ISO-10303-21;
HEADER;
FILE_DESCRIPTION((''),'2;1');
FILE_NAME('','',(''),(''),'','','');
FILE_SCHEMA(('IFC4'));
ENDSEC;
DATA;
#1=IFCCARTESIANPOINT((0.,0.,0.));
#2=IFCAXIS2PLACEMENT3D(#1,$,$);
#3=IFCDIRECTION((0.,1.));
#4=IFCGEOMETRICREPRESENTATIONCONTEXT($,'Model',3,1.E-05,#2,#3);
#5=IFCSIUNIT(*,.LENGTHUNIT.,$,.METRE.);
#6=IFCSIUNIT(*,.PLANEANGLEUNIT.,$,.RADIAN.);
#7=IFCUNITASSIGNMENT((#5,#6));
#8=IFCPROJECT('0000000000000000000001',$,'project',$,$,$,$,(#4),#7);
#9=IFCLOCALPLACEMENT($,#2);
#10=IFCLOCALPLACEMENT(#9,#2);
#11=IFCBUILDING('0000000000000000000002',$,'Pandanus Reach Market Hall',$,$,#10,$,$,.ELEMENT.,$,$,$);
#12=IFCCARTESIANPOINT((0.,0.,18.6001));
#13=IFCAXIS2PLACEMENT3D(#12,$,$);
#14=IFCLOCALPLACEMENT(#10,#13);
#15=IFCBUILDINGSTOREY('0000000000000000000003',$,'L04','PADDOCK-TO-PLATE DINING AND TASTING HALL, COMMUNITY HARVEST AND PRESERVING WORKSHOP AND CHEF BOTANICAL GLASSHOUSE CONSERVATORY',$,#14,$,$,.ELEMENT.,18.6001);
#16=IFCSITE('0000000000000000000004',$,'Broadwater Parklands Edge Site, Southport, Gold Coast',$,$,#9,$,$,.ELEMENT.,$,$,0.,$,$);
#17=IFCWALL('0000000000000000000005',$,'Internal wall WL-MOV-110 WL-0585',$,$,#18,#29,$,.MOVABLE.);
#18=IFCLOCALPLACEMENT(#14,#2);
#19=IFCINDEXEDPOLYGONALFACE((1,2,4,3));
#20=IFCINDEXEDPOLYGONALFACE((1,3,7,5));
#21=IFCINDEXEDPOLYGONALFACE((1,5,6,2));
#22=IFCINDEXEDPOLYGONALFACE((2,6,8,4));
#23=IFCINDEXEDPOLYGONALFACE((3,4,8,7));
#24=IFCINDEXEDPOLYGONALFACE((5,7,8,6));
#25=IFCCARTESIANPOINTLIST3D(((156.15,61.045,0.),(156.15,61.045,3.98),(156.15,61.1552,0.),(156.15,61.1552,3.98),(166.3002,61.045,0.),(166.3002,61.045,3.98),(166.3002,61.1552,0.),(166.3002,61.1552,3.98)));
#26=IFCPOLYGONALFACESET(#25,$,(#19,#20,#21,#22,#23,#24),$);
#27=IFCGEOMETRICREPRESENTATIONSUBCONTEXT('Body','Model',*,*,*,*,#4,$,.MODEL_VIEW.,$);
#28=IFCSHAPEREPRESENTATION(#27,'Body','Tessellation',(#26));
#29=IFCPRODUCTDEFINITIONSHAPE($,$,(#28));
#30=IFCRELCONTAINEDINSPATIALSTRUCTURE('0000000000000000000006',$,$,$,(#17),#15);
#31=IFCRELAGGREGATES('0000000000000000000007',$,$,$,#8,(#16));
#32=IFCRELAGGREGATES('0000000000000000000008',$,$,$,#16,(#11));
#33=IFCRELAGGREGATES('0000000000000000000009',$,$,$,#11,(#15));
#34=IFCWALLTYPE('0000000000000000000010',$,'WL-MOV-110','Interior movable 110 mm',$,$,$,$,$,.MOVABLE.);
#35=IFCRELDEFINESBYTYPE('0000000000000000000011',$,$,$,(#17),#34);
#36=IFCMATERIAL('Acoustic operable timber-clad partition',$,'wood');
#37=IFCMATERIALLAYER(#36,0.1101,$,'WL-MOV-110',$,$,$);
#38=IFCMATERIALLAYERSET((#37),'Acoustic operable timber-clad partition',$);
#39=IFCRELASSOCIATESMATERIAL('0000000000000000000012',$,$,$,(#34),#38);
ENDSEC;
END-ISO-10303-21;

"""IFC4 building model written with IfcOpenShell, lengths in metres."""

from ifc_helpers import new_model, si_unit, direction, frame, frame_2d, origin, place, context, subcontext, project, spatial, rectangle, extrude, material, layer, layer_set, type_object, element, save


model = new_model("IFC4")

# Units and contexts
model_context = context("Model", 3, precision=1e-05, world=origin(), true_north=direction((0.0, 1.0)))
body_context = subcontext(model_context, "Body", "Model", "MODEL_VIEW")
ifc_project = project(units=[si_unit("LENGTHUNIT", "METRE"), si_unit("PLANEANGLEUNIT", "RADIAN")], contexts=[model_context])

# Site, building, storey
site_placement = place(None, origin())
site = spatial("IfcSite", under=ifc_project, at=site_placement, Name="Broadwater Parklands Edge Site, Southport, Gold Coast", CompositionType="ELEMENT", RefElevation=0.0)
building_placement = place(site_placement, origin())
building = spatial("IfcBuilding", under=site, at=building_placement, Name="Pandanus Reach Market Hall", CompositionType="ELEMENT")
storey_placement = place(building_placement, frame((0.0, 0.0, 18.6001)))
storey = spatial("IfcBuildingStorey", under=building, at=storey_placement, Name="L04", Description="PADDOCK-TO-PLATE DINING AND TASTING HALL, COMMUNITY HARVEST AND PRESERVING WORKSHOP AND CHEF BOTANICAL GLASSHOUSE CONSERVATORY", CompositionType="ELEMENT", Elevation=18.6001)

# Wall
ifc_material_1 = material(Name="Acoustic operable timber-clad partition", Category="wood")
ifc_layer_1 = layer(ifc_material_1, 0.1101, Name="WL-MOV-110")
ifc_layer_set_1 = layer_set([ifc_layer_1], Name="Acoustic operable timber-clad partition")
wall_type_1 = type_object("IfcWallType", Name="WL-MOV-110", Description="Interior movable 110 mm", PredefinedType="MOVABLE", material=ifc_layer_set_1)
for number, where, z_axis, x_axis, name in (
    (1, (156.1499, 61.1001, 0.0), (0.0, 0.0, 1.0), (1.0, 0.0, 0.0), "Internal wall WL-MOV-110 WL-0585"),
):
    element("IfcWall", number, at=place(storey_placement, frame(where, z_axis=z_axis, x_axis=x_axis)), inside=storey, type_object=wall_type_1, Name=name, PredefinedType="MOVABLE", context=body_context, shape_type="SweptSolid", body=[
        extrude(rectangle(XDim=10.1501, YDim=0.1101, at=frame_2d((5.0752, 0.0))), origin(), (0.0, 0.0, 1.0), 3.98),
    ])

save(model, "model.ifc")
